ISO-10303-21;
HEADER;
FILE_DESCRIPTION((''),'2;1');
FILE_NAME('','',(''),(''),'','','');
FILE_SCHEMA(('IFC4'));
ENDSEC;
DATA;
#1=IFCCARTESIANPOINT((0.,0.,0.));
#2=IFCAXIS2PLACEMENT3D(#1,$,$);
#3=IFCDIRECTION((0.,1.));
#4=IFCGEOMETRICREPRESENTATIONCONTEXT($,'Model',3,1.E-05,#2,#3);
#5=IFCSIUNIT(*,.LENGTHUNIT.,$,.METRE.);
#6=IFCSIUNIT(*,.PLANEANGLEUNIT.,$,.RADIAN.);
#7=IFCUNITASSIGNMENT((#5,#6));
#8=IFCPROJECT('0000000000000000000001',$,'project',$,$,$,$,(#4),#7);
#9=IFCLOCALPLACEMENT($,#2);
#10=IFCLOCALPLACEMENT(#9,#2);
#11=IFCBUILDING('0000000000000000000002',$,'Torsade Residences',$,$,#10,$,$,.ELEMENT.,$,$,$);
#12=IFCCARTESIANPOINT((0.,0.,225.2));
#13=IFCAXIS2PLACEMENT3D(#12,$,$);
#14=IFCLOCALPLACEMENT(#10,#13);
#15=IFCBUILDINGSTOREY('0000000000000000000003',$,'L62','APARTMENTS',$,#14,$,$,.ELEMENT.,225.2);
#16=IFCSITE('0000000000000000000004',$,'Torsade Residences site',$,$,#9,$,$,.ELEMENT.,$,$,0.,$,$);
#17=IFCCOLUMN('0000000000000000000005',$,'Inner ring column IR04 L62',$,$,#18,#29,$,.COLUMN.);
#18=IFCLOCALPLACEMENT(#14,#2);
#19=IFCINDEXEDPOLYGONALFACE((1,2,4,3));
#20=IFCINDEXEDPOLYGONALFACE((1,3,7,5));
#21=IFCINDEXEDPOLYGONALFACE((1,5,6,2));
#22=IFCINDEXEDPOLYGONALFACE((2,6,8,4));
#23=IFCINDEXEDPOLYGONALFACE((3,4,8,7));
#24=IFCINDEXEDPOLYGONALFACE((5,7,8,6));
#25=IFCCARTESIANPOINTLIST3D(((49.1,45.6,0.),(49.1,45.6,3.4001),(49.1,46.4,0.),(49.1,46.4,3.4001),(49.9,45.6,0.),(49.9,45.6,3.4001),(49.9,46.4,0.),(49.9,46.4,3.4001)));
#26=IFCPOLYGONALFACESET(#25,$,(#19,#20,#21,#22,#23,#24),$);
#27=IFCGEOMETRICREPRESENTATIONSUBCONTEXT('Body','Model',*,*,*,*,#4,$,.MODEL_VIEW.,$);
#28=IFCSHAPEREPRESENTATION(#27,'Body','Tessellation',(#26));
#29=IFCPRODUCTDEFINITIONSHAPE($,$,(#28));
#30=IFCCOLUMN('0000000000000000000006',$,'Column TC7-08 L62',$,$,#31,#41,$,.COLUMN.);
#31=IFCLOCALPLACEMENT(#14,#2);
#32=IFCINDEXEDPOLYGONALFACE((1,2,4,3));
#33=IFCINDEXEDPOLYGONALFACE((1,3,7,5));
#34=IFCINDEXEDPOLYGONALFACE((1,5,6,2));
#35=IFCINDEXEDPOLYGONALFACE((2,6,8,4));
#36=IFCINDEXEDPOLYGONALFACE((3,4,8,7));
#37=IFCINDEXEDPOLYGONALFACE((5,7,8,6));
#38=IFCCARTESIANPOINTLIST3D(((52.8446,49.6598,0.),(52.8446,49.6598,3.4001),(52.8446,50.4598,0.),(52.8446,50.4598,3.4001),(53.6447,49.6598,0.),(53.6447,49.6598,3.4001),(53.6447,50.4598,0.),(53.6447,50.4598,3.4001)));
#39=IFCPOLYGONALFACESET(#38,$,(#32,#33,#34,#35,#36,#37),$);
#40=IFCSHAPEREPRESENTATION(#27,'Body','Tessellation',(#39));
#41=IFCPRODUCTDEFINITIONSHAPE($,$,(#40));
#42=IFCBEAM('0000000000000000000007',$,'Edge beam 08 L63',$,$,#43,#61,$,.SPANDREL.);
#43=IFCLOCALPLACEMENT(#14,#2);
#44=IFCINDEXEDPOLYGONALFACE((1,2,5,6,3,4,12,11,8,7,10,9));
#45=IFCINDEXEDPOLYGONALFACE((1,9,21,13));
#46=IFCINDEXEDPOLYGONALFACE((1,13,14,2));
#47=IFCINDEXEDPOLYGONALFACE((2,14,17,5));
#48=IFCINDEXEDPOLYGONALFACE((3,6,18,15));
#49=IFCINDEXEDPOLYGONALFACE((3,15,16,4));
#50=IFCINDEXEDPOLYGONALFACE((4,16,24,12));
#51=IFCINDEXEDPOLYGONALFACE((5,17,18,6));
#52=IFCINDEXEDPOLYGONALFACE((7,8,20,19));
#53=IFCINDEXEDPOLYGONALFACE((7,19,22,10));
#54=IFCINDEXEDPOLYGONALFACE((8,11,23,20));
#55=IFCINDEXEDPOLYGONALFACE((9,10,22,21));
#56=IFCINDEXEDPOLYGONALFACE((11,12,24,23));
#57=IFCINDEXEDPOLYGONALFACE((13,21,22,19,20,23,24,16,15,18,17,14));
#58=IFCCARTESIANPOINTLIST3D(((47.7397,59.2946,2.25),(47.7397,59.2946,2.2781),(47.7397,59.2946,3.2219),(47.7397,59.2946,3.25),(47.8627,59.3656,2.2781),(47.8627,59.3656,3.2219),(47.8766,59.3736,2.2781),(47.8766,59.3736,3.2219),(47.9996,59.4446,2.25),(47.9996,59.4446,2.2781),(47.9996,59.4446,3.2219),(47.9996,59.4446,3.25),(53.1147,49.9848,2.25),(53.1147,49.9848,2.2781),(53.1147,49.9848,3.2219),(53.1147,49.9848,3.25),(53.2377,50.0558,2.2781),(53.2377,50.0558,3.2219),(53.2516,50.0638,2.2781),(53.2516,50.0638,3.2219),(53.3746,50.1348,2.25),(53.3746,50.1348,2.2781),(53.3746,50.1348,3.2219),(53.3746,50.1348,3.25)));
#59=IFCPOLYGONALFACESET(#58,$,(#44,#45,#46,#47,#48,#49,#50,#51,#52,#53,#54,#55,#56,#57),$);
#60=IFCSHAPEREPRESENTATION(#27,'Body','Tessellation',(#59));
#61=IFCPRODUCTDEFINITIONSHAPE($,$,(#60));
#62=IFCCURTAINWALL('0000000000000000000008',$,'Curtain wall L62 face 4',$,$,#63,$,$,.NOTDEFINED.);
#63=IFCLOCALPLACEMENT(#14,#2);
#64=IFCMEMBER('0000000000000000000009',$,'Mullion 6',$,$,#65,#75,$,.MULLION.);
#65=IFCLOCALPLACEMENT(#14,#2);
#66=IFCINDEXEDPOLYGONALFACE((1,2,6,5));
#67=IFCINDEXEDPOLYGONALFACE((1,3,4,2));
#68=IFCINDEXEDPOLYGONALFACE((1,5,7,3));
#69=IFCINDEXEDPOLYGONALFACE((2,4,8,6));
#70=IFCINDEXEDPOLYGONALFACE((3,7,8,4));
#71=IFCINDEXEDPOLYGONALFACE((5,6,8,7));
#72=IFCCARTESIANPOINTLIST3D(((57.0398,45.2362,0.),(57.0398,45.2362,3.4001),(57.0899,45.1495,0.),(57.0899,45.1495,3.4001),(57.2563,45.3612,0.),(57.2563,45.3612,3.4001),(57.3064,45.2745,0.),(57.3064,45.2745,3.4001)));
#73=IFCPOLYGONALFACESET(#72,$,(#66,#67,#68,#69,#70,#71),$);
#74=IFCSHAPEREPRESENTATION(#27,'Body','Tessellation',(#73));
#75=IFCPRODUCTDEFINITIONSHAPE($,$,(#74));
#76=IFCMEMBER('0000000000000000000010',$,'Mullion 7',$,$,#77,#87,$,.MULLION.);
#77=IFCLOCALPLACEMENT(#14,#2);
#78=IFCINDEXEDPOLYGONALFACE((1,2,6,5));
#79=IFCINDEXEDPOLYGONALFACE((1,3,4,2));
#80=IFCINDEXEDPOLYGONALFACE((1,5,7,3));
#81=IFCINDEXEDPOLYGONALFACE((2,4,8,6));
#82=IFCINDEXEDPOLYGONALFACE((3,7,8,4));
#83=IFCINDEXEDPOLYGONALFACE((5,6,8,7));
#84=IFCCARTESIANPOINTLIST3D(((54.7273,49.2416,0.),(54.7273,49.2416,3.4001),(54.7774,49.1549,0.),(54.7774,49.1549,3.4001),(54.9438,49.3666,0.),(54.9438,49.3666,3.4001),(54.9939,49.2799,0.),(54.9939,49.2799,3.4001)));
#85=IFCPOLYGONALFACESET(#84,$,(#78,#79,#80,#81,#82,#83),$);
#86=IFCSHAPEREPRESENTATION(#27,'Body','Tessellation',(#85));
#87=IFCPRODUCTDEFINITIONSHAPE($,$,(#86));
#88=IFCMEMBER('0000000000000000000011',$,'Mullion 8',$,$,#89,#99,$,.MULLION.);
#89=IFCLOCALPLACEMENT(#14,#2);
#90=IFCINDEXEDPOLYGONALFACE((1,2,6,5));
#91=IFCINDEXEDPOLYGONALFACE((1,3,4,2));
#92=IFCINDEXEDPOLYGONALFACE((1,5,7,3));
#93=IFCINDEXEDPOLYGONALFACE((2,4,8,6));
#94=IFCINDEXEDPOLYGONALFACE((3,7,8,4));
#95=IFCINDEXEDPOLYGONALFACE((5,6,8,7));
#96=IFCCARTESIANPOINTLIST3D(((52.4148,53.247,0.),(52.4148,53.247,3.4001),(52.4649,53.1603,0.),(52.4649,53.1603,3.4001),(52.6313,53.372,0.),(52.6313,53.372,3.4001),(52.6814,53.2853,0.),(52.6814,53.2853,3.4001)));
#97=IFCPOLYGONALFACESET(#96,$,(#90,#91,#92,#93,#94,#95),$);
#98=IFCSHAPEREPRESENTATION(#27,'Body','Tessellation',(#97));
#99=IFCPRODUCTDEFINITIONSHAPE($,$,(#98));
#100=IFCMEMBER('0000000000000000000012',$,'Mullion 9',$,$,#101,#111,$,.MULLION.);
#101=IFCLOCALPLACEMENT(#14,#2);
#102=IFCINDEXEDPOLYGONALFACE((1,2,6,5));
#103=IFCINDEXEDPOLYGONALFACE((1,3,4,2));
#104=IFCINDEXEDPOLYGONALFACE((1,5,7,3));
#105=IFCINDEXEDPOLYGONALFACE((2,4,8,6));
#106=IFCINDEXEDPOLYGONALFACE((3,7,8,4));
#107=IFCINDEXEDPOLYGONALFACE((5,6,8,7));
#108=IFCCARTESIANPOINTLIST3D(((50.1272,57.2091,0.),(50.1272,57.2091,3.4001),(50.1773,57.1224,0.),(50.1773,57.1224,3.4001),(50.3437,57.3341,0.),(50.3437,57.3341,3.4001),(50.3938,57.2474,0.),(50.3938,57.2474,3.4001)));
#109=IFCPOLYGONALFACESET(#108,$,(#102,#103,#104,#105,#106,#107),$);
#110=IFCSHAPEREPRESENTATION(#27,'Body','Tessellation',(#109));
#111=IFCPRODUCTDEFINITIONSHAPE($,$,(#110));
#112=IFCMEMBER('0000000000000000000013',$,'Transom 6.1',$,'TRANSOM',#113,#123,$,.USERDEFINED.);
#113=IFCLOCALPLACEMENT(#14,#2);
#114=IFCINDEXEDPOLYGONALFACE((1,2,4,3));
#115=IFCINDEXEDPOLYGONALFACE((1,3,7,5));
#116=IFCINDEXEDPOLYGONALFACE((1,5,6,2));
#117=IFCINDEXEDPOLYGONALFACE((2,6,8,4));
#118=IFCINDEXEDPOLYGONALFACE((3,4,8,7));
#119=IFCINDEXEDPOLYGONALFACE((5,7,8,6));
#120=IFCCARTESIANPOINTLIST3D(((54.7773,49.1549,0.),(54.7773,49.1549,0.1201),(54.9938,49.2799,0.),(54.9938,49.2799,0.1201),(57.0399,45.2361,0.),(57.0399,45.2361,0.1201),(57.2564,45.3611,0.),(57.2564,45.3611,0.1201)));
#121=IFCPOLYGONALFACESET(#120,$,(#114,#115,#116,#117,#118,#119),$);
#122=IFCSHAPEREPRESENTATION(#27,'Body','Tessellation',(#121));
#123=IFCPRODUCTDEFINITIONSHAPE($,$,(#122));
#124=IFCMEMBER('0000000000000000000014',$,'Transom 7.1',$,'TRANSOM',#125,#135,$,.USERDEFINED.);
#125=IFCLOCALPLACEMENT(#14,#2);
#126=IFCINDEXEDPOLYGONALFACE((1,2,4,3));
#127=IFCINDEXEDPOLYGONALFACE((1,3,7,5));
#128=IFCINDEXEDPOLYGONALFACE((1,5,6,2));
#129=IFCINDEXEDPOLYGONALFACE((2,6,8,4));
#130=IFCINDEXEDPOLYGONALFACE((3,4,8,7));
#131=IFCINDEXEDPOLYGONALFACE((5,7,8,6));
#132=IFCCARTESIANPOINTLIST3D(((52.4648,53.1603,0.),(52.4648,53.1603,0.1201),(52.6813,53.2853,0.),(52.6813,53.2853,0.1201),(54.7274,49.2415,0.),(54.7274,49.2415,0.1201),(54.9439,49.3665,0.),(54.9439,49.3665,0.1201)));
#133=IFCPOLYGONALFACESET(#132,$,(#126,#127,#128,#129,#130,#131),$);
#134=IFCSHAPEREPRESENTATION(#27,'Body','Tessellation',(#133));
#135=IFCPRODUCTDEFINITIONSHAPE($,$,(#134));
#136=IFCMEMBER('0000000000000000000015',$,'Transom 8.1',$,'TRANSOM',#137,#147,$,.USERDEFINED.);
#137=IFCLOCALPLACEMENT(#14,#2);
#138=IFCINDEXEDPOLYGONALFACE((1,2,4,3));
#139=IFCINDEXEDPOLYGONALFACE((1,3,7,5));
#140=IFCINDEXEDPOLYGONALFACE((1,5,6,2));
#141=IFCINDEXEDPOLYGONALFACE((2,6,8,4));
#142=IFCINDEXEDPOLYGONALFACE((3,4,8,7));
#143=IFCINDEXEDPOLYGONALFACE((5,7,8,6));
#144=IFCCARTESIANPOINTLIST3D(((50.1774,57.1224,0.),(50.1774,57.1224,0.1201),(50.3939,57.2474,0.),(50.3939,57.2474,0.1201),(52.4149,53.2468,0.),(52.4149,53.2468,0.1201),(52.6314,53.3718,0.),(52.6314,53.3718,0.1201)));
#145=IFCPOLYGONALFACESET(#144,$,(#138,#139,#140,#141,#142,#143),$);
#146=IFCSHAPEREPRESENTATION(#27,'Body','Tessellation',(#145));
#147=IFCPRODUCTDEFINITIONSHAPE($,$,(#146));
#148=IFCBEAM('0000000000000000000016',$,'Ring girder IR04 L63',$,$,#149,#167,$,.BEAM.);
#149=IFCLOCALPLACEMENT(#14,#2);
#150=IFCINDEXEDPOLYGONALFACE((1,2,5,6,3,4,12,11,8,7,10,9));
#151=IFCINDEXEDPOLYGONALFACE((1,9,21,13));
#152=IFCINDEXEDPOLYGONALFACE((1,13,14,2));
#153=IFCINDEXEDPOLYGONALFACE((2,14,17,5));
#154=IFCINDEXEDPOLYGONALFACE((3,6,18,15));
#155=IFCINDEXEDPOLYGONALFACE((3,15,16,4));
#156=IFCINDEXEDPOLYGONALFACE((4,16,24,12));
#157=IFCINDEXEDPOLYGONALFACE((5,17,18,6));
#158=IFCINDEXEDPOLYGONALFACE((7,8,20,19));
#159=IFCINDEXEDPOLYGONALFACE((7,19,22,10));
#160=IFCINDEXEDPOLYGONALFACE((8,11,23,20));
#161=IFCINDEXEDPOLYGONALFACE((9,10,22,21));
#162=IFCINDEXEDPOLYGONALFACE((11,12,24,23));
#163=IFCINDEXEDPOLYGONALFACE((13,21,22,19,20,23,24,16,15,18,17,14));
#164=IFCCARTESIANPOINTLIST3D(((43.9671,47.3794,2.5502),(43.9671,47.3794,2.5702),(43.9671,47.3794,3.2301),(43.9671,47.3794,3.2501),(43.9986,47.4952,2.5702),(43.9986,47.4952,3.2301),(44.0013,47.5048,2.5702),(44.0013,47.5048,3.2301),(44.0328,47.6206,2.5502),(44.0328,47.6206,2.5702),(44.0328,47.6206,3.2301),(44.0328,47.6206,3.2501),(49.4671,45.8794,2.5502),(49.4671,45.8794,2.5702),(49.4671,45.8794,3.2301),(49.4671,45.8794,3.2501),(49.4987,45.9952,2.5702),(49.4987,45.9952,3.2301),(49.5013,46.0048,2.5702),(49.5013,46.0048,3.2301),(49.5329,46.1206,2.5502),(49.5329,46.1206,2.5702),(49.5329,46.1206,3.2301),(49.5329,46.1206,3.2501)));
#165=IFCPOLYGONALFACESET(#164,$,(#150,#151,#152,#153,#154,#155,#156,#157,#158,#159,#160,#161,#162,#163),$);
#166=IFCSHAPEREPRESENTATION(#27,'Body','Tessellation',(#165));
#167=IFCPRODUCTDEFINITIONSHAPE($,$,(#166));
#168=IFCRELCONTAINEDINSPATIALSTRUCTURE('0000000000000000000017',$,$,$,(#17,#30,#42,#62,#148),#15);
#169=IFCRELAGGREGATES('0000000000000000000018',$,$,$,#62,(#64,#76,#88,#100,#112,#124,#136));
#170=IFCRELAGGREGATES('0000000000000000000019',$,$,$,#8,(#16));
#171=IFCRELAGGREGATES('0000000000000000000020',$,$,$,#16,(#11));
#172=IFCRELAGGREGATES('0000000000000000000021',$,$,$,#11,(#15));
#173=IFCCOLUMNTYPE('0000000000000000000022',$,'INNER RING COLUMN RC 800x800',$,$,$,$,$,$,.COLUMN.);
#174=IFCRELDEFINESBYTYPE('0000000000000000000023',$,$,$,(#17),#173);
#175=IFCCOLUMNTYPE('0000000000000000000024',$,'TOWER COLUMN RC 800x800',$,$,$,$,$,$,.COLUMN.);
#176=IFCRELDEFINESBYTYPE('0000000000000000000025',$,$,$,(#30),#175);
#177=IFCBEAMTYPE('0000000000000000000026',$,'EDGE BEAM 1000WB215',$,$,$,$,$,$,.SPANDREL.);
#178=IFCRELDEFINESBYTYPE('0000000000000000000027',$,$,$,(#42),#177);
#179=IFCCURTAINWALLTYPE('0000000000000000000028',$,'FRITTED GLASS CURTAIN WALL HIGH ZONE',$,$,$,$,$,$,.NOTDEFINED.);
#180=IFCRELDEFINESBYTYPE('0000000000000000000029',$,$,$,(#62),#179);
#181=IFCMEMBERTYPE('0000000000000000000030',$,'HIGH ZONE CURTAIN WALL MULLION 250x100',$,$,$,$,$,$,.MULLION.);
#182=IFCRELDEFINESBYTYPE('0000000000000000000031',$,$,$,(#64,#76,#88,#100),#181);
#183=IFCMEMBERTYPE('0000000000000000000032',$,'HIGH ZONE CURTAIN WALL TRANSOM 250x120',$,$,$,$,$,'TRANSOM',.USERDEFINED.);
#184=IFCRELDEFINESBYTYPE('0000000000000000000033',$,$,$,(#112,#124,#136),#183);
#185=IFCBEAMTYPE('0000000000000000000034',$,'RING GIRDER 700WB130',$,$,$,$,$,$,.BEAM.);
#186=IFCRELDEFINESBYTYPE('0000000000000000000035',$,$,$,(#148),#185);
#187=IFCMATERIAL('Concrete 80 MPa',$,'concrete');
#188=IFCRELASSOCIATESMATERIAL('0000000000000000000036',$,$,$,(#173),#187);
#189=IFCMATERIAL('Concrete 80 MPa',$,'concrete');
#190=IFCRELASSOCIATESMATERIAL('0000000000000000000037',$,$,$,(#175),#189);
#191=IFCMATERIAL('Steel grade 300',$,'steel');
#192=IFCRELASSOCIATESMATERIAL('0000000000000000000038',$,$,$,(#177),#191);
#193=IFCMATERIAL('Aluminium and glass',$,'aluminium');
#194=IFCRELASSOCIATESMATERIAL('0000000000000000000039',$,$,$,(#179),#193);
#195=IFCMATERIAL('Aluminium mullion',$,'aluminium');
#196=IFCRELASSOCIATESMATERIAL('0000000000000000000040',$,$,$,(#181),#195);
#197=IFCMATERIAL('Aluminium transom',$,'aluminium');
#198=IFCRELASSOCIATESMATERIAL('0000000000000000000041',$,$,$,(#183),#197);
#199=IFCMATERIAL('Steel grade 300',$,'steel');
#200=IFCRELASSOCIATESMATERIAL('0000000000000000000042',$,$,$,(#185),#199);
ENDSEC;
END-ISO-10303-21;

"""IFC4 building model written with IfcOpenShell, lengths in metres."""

from ifc_helpers import new_model, si_unit, direction, frame, origin, origin_2d, place, context, subcontext, project, spatial, rectangle, i_section, extrude, material, material_profile, profile_set, type_object, element, aggregate, save


model = new_model("IFC4")

# Units and contexts
model_context = context("Model", 3, precision=1e-05, world=origin(), true_north=direction((0.0, 1.0)))
body_context = subcontext(model_context, "Body", "Model", "MODEL_VIEW")
ifc_project = project(units=[si_unit("LENGTHUNIT", "METRE"), si_unit("PLANEANGLEUNIT", "RADIAN")], contexts=[model_context])

# Site, building, storey
site_placement = place(None, origin())
site = spatial("IfcSite", under=ifc_project, at=site_placement, Name="Torsade Residences site", CompositionType="ELEMENT", RefElevation=0.0)
building_placement = place(site_placement, origin())
building = spatial("IfcBuilding", under=site, at=building_placement, Name="Torsade Residences", CompositionType="ELEMENT")
storey_placement = place(building_placement, frame((0.0, 0.0, 225.2)))
storey = spatial("IfcBuildingStorey", under=building, at=storey_placement, Name="L62", Description="APARTMENTS", CompositionType="ELEMENT", Elevation=225.2)

# Columns
ifc_material_1 = material(Name="Concrete 80 MPa", Category="concrete")
ifc_material_profile_1 = material_profile(ifc_material_1, rectangle(XDim=0.8, YDim=0.8, at=origin_2d()), Name="RC 800x800")
ifc_profile_set_1 = profile_set([ifc_material_profile_1], Name="Concrete 80 MPa")
column_type_1 = type_object("IfcColumnType", Name="INNER RING COLUMN RC 800x800", PredefinedType="COLUMN", material=ifc_profile_set_1)
column_1_placement = place(storey_placement, frame((49.5, 46.0, 0.0), z_axis=(0.0, 0.0, 1.0), x_axis=(1.0, 0.0, 0.0)))
element("IfcColumn", 1, at=column_1_placement, inside=storey, type_object=column_type_1, Name="Inner ring column IR04 L62", PredefinedType="COLUMN", context=body_context, shape_type="SweptSolid", body=[
    extrude(rectangle(XDim=0.8, YDim=0.8, at=origin_2d()), origin(), (0.0, 0.0, 1.0), 3.4001),
])
ifc_material_2 = material(Name="Concrete 80 MPa", Category="concrete")
ifc_material_profile_2 = material_profile(ifc_material_2, rectangle(XDim=0.8, YDim=0.8, at=origin_2d()), Name="RC 800x800")
ifc_profile_set_2 = profile_set([ifc_material_profile_2], Name="Concrete 80 MPa")
column_type_2 = type_object("IfcColumnType", Name="TOWER COLUMN RC 800x800", PredefinedType="COLUMN", material=ifc_profile_set_2)
column_2_placement = place(storey_placement, frame((53.2446, 50.0598, 0.0), z_axis=(0.0, 0.0, 1.0), x_axis=(1.0, 0.0, 0.0)))
element("IfcColumn", 2, at=column_2_placement, inside=storey, type_object=column_type_2, Name="Column TC7-08 L62", PredefinedType="COLUMN", context=body_context, shape_type="SweptSolid", body=[
    extrude(rectangle(XDim=0.8, YDim=0.8, at=origin_2d()), origin(), (0.0, 0.0, 1.0), 3.4001),
])

# Beam
ifc_material_3 = material(Name="Steel grade 300", Category="steel")
ifc_material_profile_3 = material_profile(ifc_material_3, i_section(OverallWidth=0.3, OverallDepth=1.0, WebThickness=0.0161, FlangeThickness=0.0281, at=origin_2d()), Name="1000WB215")
ifc_profile_set_3 = profile_set([ifc_material_profile_3], Name="Steel grade 300")
beam_type_1 = type_object("IfcBeamType", Name="EDGE BEAM 1000WB215", PredefinedType="SPANDREL", material=ifc_profile_set_3)
beam_1_placement = place(storey_placement, frame((53.2446, 50.0598, 2.75), z_axis=(-0.499998, 0.866026, 0.0), x_axis=(-0.866026, -0.499998, 0.0)))
element("IfcBeam", 3, at=beam_1_placement, inside=storey, type_object=beam_type_1, Name="Edge beam 08 L63", PredefinedType="SPANDREL", context=body_context, shape_type="SweptSolid", body=[
    extrude(i_section(OverallWidth=0.3, OverallDepth=1.0, WebThickness=0.0161, FlangeThickness=0.0281, at=origin_2d()), origin(), (0.0, 0.0, 1.0), 10.75),
])

# Curtain wall, members
ifc_material_4 = material(Name="Aluminium and glass", Category="aluminium")
curtain_wall_type = type_object("IfcCurtainWallType", Name="FRITTED GLASS CURTAIN WALL HIGH ZONE", PredefinedType="NOTDEFINED", material=ifc_material_4)
curtain_wall_placement = place(storey_placement, origin())
curtain_wall = element("IfcCurtainWall", 4, at=curtain_wall_placement, inside=storey, type_object=curtain_wall_type, Name="Curtain wall L62 face 4", PredefinedType="NOTDEFINED")
ifc_material_5 = material(Name="Aluminium mullion", Category="aluminium")
ifc_material_profile_4 = material_profile(ifc_material_5, rectangle(XDim=0.25, YDim=0.1001, at=origin_2d()), Name="HIGH ZONE CURTAIN WALL MULLION 250x100")
ifc_profile_set_4 = profile_set([ifc_material_profile_4], Name="Aluminium mullion")
member_type_1 = type_object("IfcMemberType", Name="HIGH ZONE CURTAIN WALL MULLION 250x100", PredefinedType="MULLION", material=ifc_profile_set_4)
member_1_placement = place(storey_placement, frame((57.1731, 45.2554, 0.0), z_axis=(0.0, 0.0, 1.0), x_axis=(-0.866025, -0.5, 0.0)))
member_1 = element("IfcMember", 5, at=member_1_placement, type_object=member_type_1, Name="Mullion 6", PredefinedType="MULLION", context=body_context, shape_type="SweptSolid", body=[
    extrude(rectangle(XDim=0.25, YDim=0.1001, at=origin_2d()), origin(), (0.0, 0.0, 1.0), 3.4001),
])
member_2_placement = place(storey_placement, frame((54.8606, 49.2607, 0.0), z_axis=(0.0, 0.0, 1.0), x_axis=(-0.866025, -0.5, 0.0)))
member_2 = element("IfcMember", 6, at=member_2_placement, type_object=member_type_1, Name="Mullion 7", PredefinedType="MULLION", context=body_context, shape_type="SweptSolid", body=[
    extrude(rectangle(XDim=0.25, YDim=0.1001, at=origin_2d()), origin(), (0.0, 0.0, 1.0), 3.4001),
])
member_3_placement = place(storey_placement, frame((52.5481, 53.2661, 0.0), z_axis=(0.0, 0.0, 1.0), x_axis=(-0.866025, -0.5, 0.0)))
member_3 = element("IfcMember", 7, at=member_3_placement, type_object=member_type_1, Name="Mullion 8", PredefinedType="MULLION", context=body_context, shape_type="SweptSolid", body=[
    extrude(rectangle(XDim=0.25, YDim=0.1001, at=origin_2d()), origin(), (0.0, 0.0, 1.0), 3.4001),
])
member_4_placement = place(storey_placement, frame((50.2605, 57.2283, 0.0), z_axis=(0.0, 0.0, 1.0), x_axis=(-0.866025, -0.5, 0.0)))
member_4 = element("IfcMember", 8, at=member_4_placement, type_object=member_type_1, Name="Mullion 9", PredefinedType="MULLION", context=body_context, shape_type="SweptSolid", body=[
    extrude(rectangle(XDim=0.25, YDim=0.1001, at=origin_2d()), origin(), (0.0, 0.0, 1.0), 3.4001),
])
ifc_material_6 = material(Name="Aluminium transom", Category="aluminium")
ifc_material_profile_5 = material_profile(ifc_material_6, rectangle(XDim=0.25, YDim=0.1201, at=origin_2d()), Name="HIGH ZONE CURTAIN WALL TRANSOM 250x120")
ifc_profile_set_5 = profile_set([ifc_material_profile_5], Name="Aluminium transom")
member_type_2 = type_object("IfcMemberType", Name="HIGH ZONE CURTAIN WALL TRANSOM 250x120", ElementType="TRANSOM", PredefinedType="USERDEFINED", material=ifc_profile_set_5)
member_5_placement = place(storey_placement, frame((57.1482, 45.2986, 0.0601), z_axis=(-0.500015, 0.866017, 0.0), x_axis=(-0.866017, -0.500015, 0.0)))
member_5 = element("IfcMember", 9, at=member_5_placement, type_object=member_type_2, Name="Transom 6.1", ObjectType="TRANSOM", PredefinedType="USERDEFINED", context=body_context, shape_type="SweptSolid", body=[
    extrude(rectangle(XDim=0.25, YDim=0.1201, at=origin_2d()), origin(), (0.0, 0.0, 1.0), 4.5251),
])
member_6_placement = place(storey_placement, frame((54.8357, 49.304, 0.0601), z_axis=(-0.500015, 0.866017, 0.0), x_axis=(-0.866017, -0.500015, 0.0)))
member_6 = element("IfcMember", 10, at=member_6_placement, type_object=member_type_2, Name="Transom 7.1", ObjectType="TRANSOM", PredefinedType="USERDEFINED", context=body_context, shape_type="SweptSolid", body=[
    extrude(rectangle(XDim=0.25, YDim=0.1201, at=origin_2d()), origin(), (0.0, 0.0, 1.0), 4.5251),
])
member_7_placement = place(storey_placement, frame((52.5232, 53.3093, 0.0601), z_axis=(-0.500006, 0.866022, 0.0), x_axis=(-0.866022, -0.500006, 0.0)))
member_7 = element("IfcMember", 11, at=member_7_placement, type_object=member_type_2, Name="Transom 8.1", ObjectType="TRANSOM", PredefinedType="USERDEFINED", context=body_context, shape_type="SweptSolid", body=[
    extrude(rectangle(XDim=0.25, YDim=0.1201, at=origin_2d()), origin(), (0.0, 0.0, 1.0), 4.4751),
])

# Beam
ifc_material_7 = material(Name="Steel grade 300", Category="steel")
ifc_material_profile_6 = material_profile(ifc_material_7, i_section(OverallWidth=0.25, OverallDepth=0.7, WebThickness=0.01, FlangeThickness=0.02, at=origin_2d()), Name="700WB130")
ifc_profile_set_6 = profile_set([ifc_material_profile_6], Name="Steel grade 300")
beam_type_2 = type_object("IfcBeamType", Name="RING GIRDER 700WB130", PredefinedType="BEAM", material=ifc_profile_set_6)
beam_2_placement = place(storey_placement, frame((49.5, 46.0, 2.9001), z_axis=(-0.964764, 0.263117, 0.0), x_axis=(-0.263117, -0.964764, 0.0)))
element("IfcBeam", 12, at=beam_2_placement, inside=storey, type_object=beam_type_2, Name="Ring girder IR04 L63", PredefinedType="BEAM", context=body_context, shape_type="SweptSolid", body=[
    extrude(i_section(OverallWidth=0.25, OverallDepth=0.7, WebThickness=0.01, FlangeThickness=0.02, at=origin_2d()), origin(), (0.0, 0.0, 1.0), 5.7009),
])

aggregate(curtain_wall, [member_1, member_2, member_3, member_4, member_5, member_6, member_7])

save(model, "model.ifc")
